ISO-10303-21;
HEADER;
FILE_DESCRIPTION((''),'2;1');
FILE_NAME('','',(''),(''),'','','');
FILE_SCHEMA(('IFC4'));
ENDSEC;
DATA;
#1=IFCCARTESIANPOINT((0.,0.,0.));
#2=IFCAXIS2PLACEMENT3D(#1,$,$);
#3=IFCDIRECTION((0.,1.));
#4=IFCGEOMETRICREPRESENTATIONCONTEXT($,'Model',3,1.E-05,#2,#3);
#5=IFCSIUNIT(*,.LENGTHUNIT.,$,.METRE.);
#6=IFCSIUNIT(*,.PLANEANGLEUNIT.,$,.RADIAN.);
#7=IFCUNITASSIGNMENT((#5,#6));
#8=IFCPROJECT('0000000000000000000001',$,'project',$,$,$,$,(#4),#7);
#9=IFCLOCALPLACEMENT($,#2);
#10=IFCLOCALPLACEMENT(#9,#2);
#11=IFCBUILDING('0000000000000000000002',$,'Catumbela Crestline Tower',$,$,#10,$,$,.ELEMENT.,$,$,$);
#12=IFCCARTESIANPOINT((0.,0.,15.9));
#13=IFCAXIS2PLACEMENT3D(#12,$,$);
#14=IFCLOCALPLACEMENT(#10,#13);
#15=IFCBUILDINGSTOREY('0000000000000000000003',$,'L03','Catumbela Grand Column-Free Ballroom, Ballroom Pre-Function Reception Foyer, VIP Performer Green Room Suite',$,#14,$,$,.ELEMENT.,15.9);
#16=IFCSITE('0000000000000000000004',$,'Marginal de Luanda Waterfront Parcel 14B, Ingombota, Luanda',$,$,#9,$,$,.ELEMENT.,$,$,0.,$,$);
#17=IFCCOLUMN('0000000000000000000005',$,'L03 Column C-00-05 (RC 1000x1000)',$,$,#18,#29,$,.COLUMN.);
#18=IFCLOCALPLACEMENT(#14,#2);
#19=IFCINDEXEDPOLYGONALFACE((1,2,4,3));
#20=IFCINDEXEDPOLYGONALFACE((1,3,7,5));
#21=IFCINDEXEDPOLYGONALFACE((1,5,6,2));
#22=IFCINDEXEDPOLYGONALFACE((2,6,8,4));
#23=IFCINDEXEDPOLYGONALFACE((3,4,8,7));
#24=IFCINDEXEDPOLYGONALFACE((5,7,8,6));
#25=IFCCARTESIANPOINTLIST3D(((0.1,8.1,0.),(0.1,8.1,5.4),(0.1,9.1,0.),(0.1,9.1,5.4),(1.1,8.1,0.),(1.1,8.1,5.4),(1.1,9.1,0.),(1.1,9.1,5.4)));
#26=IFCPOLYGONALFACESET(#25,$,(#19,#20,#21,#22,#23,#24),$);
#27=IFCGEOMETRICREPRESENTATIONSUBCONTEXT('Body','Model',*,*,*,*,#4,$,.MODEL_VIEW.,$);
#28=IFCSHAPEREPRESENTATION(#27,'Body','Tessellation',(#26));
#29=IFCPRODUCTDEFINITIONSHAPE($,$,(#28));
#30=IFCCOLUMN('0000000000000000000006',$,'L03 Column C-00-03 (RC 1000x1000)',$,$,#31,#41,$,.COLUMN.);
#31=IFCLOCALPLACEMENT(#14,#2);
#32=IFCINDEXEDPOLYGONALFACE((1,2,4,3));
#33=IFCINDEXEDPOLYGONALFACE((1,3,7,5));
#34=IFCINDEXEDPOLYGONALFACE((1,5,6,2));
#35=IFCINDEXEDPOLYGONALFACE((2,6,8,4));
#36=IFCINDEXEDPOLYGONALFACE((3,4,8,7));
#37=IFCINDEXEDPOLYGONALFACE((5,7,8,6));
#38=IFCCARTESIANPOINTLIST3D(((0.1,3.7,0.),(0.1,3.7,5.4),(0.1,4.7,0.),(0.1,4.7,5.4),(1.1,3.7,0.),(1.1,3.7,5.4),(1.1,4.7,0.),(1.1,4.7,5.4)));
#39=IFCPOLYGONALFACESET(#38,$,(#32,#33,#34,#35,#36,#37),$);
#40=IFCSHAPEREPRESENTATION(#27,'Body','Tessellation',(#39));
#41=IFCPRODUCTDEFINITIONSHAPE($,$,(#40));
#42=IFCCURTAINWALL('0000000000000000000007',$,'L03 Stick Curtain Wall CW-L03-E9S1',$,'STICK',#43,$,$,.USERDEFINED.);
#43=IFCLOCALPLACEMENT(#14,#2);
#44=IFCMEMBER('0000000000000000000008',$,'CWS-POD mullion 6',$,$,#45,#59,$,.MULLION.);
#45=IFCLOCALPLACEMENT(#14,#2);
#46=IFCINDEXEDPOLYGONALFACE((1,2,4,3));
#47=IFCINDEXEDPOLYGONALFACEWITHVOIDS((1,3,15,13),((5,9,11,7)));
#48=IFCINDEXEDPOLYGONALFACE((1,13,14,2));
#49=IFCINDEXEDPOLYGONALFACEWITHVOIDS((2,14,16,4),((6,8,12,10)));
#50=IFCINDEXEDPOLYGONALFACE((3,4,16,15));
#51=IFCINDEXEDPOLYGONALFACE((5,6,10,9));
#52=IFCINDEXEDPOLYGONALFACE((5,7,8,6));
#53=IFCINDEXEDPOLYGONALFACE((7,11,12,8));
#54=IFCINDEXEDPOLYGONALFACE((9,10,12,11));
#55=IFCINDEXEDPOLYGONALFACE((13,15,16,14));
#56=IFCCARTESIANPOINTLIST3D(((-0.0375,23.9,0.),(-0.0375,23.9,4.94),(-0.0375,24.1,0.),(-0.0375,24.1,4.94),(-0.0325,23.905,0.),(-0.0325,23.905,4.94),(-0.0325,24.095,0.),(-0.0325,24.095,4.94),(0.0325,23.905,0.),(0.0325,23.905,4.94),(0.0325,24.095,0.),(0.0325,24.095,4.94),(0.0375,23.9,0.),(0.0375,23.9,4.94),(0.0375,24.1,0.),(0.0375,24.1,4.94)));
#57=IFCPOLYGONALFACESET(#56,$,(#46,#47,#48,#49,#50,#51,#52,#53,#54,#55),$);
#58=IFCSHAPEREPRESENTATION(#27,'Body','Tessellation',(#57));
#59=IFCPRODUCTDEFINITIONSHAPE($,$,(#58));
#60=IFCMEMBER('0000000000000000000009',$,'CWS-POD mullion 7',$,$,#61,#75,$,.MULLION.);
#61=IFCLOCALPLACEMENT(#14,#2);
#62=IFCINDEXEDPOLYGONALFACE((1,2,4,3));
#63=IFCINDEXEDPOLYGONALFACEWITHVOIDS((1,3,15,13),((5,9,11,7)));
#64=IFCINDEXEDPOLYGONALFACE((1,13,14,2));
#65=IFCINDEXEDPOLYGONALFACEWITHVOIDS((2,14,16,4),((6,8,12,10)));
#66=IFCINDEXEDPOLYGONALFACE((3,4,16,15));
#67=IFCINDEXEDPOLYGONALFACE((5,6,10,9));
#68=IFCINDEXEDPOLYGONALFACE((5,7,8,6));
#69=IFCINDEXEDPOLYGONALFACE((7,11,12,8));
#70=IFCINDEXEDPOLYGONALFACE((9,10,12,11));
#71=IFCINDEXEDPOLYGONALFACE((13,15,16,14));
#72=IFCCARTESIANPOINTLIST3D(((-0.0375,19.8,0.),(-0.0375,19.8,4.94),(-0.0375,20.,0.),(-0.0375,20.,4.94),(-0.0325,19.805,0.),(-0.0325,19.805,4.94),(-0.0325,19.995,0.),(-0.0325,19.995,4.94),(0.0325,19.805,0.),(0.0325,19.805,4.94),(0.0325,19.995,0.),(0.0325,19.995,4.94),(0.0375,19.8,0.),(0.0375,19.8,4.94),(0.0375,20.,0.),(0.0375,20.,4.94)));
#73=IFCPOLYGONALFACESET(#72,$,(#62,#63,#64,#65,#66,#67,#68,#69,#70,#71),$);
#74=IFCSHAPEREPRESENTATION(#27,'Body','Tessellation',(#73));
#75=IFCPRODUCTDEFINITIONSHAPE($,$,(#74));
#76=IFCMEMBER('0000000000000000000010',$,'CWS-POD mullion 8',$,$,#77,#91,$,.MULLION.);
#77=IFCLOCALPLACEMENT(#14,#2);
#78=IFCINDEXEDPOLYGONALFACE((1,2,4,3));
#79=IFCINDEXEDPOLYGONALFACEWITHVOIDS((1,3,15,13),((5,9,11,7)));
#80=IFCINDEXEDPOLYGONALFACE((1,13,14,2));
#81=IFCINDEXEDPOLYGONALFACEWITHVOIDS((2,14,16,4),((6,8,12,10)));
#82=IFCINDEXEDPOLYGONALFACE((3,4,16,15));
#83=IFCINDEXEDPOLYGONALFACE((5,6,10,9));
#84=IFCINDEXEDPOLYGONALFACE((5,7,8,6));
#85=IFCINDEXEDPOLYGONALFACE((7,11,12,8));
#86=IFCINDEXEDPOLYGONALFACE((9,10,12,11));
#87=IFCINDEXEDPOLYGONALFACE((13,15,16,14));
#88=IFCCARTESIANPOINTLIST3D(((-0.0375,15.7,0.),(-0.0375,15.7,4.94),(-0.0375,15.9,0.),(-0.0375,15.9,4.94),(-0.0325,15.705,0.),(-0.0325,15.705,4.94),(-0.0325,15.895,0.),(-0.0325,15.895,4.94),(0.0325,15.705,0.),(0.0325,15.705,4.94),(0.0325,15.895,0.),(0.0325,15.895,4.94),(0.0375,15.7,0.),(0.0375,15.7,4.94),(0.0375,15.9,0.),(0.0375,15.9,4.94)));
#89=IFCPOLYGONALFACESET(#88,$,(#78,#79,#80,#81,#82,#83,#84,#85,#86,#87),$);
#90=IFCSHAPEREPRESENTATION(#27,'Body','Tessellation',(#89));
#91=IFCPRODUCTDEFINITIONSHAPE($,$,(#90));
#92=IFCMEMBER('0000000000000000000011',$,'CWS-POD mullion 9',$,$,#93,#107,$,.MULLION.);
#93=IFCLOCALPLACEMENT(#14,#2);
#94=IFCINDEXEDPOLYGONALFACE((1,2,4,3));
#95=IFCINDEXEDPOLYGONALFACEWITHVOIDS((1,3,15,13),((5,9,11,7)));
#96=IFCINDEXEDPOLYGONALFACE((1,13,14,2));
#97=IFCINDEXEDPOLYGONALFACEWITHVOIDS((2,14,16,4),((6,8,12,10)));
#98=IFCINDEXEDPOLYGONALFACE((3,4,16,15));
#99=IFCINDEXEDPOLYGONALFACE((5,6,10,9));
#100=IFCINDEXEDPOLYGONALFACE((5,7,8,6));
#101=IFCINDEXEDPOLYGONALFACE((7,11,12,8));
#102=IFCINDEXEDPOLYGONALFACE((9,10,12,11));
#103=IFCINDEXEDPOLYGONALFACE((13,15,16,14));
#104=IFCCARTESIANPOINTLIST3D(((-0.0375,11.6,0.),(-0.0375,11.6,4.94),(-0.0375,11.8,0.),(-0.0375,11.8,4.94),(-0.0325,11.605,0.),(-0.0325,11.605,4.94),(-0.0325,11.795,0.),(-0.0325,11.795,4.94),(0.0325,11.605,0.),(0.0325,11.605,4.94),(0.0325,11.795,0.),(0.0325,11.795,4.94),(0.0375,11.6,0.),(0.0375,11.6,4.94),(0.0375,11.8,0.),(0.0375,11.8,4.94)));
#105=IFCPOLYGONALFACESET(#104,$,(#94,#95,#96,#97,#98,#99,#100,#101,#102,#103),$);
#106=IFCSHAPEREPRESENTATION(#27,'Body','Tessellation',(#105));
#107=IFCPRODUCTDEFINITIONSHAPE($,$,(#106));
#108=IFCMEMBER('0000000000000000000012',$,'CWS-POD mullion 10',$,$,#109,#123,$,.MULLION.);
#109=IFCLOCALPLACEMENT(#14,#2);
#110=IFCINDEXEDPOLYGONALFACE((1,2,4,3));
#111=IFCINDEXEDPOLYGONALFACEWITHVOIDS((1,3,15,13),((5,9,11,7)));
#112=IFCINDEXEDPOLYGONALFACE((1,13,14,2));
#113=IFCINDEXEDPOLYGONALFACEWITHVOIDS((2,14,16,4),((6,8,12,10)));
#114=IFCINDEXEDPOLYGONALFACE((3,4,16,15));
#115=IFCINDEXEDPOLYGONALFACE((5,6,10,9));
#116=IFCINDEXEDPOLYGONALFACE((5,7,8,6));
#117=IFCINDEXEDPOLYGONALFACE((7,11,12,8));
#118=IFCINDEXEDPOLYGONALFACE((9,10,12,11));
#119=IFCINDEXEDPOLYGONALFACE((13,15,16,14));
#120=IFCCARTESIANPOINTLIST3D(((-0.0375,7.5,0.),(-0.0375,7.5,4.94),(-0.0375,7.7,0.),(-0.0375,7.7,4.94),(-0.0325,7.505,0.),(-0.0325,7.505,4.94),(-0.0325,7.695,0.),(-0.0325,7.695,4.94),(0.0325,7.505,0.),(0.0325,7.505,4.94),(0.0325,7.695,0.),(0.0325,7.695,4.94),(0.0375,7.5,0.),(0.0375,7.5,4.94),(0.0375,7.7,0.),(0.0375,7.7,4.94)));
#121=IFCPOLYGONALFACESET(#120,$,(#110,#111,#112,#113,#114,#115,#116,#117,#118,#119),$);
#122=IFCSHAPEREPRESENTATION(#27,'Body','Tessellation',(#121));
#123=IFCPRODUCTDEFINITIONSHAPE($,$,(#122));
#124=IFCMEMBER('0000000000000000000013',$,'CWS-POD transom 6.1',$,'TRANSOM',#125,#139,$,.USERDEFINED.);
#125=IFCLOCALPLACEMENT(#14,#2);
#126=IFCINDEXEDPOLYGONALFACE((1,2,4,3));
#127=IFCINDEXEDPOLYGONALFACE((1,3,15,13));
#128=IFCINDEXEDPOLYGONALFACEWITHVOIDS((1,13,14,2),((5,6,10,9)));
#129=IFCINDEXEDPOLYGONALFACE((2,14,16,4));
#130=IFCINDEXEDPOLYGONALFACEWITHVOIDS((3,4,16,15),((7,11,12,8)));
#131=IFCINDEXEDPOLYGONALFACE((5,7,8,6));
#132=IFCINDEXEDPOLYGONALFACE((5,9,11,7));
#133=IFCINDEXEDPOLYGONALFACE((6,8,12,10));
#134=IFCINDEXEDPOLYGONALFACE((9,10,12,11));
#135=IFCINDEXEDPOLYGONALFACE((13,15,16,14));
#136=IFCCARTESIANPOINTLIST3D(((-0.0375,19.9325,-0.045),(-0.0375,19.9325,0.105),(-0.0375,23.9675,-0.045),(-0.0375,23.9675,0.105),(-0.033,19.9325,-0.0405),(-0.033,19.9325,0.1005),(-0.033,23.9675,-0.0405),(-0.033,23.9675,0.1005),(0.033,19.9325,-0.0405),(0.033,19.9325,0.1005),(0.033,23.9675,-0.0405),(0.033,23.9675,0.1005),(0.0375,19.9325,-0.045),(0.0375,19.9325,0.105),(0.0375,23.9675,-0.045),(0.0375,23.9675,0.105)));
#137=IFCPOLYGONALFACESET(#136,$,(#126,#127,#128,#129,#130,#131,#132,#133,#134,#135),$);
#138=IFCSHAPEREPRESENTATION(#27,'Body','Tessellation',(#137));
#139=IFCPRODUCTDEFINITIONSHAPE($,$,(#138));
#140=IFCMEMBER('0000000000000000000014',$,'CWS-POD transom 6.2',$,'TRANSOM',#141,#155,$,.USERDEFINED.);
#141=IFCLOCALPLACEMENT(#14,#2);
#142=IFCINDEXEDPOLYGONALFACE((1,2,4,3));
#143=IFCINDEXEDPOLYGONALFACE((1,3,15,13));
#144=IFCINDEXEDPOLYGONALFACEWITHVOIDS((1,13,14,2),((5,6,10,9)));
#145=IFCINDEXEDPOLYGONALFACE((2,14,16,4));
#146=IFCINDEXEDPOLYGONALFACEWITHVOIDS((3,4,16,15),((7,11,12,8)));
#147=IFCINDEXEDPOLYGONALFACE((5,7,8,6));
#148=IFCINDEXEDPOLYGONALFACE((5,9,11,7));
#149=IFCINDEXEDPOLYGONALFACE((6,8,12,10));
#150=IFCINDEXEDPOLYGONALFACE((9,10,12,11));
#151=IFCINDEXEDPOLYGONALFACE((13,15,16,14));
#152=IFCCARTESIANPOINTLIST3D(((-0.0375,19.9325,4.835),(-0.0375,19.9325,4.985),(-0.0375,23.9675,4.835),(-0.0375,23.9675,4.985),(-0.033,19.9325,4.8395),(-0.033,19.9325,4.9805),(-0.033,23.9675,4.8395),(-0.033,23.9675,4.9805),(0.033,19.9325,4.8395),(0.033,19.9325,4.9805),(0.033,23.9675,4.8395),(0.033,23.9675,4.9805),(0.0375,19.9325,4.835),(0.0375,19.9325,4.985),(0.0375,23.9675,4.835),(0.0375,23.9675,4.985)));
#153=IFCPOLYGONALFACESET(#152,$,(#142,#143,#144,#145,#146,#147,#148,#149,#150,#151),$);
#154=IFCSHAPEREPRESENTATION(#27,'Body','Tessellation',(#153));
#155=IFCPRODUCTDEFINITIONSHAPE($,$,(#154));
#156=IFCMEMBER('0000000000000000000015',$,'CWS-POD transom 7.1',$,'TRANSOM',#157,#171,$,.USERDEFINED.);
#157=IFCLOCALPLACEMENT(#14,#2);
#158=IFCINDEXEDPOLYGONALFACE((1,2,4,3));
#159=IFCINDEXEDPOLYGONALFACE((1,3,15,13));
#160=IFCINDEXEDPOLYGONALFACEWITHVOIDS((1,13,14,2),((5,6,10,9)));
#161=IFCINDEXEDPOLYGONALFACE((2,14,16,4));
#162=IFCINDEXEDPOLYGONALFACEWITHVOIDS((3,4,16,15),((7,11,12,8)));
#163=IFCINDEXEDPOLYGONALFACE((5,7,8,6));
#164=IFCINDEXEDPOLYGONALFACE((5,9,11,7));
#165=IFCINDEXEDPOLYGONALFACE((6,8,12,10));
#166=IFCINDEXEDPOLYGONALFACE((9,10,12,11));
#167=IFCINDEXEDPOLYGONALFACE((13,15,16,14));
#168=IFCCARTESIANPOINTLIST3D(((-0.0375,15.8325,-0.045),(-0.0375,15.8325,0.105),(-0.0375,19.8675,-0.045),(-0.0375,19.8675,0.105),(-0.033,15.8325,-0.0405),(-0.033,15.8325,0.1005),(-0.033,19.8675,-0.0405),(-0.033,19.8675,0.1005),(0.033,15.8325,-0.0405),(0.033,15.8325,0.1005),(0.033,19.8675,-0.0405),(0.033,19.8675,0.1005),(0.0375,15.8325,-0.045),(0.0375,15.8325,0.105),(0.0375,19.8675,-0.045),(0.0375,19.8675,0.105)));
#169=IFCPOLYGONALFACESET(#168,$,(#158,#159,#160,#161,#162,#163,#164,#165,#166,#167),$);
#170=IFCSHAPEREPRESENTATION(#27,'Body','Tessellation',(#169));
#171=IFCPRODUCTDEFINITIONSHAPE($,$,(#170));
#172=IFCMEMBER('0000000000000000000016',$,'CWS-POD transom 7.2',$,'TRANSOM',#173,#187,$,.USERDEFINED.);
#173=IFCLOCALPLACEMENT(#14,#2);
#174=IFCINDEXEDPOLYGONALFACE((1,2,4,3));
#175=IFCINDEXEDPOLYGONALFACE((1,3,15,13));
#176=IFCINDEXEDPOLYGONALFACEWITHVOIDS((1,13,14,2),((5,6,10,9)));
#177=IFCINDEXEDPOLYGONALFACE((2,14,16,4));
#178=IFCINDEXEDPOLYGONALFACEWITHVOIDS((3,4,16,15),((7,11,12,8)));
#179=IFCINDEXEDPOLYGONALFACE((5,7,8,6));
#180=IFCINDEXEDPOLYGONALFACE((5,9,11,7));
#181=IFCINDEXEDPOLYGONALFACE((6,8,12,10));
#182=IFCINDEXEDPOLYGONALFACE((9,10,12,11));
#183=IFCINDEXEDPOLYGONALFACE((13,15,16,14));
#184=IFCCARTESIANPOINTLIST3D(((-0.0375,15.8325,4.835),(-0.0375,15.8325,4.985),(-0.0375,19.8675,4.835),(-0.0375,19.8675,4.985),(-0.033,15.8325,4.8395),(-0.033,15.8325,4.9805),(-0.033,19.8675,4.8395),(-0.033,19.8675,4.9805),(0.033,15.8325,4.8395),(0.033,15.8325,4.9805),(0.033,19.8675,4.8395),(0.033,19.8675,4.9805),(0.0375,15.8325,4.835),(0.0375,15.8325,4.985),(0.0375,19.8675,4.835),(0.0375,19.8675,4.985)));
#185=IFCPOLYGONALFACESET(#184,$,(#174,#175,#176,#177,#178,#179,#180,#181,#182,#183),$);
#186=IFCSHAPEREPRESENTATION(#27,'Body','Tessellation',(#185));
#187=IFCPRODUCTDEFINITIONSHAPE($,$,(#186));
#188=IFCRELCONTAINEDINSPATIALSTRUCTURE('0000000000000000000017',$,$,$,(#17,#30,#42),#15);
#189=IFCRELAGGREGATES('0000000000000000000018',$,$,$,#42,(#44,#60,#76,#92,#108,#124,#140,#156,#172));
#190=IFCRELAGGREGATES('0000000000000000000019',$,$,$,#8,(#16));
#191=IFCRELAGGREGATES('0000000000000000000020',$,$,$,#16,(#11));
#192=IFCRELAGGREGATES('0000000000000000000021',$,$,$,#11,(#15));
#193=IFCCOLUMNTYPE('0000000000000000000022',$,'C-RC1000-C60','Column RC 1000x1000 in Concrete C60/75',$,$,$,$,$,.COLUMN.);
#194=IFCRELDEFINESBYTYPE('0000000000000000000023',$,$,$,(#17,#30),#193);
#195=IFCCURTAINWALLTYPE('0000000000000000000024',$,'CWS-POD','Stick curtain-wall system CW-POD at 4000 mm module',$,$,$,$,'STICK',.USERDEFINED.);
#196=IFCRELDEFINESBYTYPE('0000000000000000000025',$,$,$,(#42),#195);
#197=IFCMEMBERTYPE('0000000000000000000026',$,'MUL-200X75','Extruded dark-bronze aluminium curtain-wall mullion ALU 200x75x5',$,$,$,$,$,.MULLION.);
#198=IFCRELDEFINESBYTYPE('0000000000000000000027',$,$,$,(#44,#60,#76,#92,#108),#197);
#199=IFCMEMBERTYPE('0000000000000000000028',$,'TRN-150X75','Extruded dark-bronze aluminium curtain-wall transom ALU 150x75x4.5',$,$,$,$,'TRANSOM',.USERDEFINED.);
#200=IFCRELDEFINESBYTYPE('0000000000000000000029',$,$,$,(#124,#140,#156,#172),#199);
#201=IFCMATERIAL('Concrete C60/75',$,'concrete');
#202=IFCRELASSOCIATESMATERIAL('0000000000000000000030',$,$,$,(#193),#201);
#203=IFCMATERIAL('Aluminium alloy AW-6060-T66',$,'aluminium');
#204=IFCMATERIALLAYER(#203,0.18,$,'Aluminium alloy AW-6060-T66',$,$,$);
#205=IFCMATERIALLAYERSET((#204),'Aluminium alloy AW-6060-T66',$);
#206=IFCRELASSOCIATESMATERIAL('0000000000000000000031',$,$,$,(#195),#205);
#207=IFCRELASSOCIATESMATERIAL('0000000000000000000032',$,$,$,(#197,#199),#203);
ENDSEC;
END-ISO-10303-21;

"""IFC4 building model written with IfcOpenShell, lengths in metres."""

from ifc_helpers import new_model, si_unit, direction, frame, origin, origin_2d, place, context, subcontext, project, spatial, rectangle, hollow_rectangle, extrude, material, layer, layer_set, material_profile, profile_set, type_object, element, aggregate, save


model = new_model("IFC4")

# Units and contexts
model_context = context("Model", 3, precision=1e-05, world=origin(), true_north=direction((0.0, 1.0)))
body_context = subcontext(model_context, "Body", "Model", "MODEL_VIEW")
ifc_project = project(units=[si_unit("LENGTHUNIT", "METRE"), si_unit("PLANEANGLEUNIT", "RADIAN")], contexts=[model_context])

# Site, building, storey
site_placement = place(None, origin())
site = spatial("IfcSite", under=ifc_project, at=site_placement, Name="Marginal de Luanda Waterfront Parcel 14B, Ingombota, Luanda", CompositionType="ELEMENT", RefElevation=0.0)
building_placement = place(site_placement, origin())
building = spatial("IfcBuilding", under=site, at=building_placement, Name="Catumbela Crestline Tower", CompositionType="ELEMENT")
storey_placement = place(building_placement, frame((0.0, 0.0, 15.9)))
storey = spatial("IfcBuildingStorey", under=building, at=storey_placement, Name="L03", Description="Catumbela Grand Column-Free Ballroom, Ballroom Pre-Function Reception Foyer, VIP Performer Green Room Suite", CompositionType="ELEMENT", Elevation=15.9)

# Columns
ifc_material_1 = material(Name="Concrete C60/75", Category="concrete")
ifc_material_profile_1 = material_profile(ifc_material_1, rectangle(XDim=1.0, YDim=1.0, at=origin_2d()), Name="RC 1000x1000")
ifc_profile_set_1 = profile_set([ifc_material_profile_1], Name="Concrete C60/75")
column_type = type_object("IfcColumnType", Name="C-RC1000-C60", Description="Column RC 1000x1000 in Concrete C60/75", PredefinedType="COLUMN", material=ifc_profile_set_1)
for number, where, z_axis, x_axis, name in (
    (1, (0.6, 8.6, 0.0), (0.0, 0.0, 1.0), (1.0, 0.0, 0.0), "L03 Column C-00-05 (RC 1000x1000)"),
    (2, (0.6, 4.2, 0.0), (0.0, 0.0, 1.0), (1.0, 0.0, 0.0), "L03 Column C-00-03 (RC 1000x1000)"),
):
    element("IfcColumn", number, at=place(storey_placement, frame(where, z_axis=z_axis, x_axis=x_axis)), inside=storey, type_object=column_type, Name=name, PredefinedType="COLUMN", context=body_context, shape_type="SweptSolid", body=[
        extrude(rectangle(XDim=1.0, YDim=1.0, at=origin_2d()), origin(), (0.0, 0.0, 1.0), 5.4),
    ])

# Curtain wall, members
ifc_material_2 = material(Name="Aluminium alloy AW-6060-T66", Category="aluminium")
ifc_layer_1 = layer(ifc_material_2, 0.18, Name="Aluminium alloy AW-6060-T66")
ifc_layer_set_1 = layer_set([ifc_layer_1], Name="Aluminium alloy AW-6060-T66")
curtain_wall_type = type_object("IfcCurtainWallType", Name="CWS-POD", Description="Stick curtain-wall system CW-POD at 4000 mm module", ElementType="STICK", PredefinedType="USERDEFINED", material=ifc_layer_set_1)
curtain_wall_placement = place(storey_placement, origin())
curtain_wall = element("IfcCurtainWall", 3, at=curtain_wall_placement, inside=storey, type_object=curtain_wall_type, Name="L03 Stick Curtain Wall CW-L03-E9S1", ObjectType="STICK", PredefinedType="USERDEFINED")
ifc_material_profile_2 = material_profile(ifc_material_2, hollow_rectangle(XDim=0.075, YDim=0.2, WallThickness=0.005, at=origin_2d()), Name="ALU 200x75x5")
ifc_profile_set_2 = profile_set([ifc_material_profile_2], Name="Aluminium alloy AW-6060-T66")
member_type_1 = type_object("IfcMemberType", Name="MUL-200X75", Description="Extruded dark-bronze aluminium curtain-wall mullion ALU 200x75x5", PredefinedType="MULLION", material=ifc_profile_set_2)
member_1_placement = place(storey_placement, frame((0.0, 24.0, 0.0), z_axis=(0.0, 0.0, 1.0), x_axis=(1.0, 0.0, 0.0)))
member_1 = element("IfcMember", 4, at=member_1_placement, type_object=member_type_1, Name="CWS-POD mullion 6", PredefinedType="MULLION", context=body_context, shape_type="SweptSolid", body=[
    extrude(hollow_rectangle(XDim=0.075, YDim=0.2, WallThickness=0.005, at=origin_2d()), origin(), (0.0, 0.0, 1.0), 4.94),
])
member_2_placement = place(storey_placement, frame((0.0, 19.9, 0.0), z_axis=(0.0, 0.0, 1.0), x_axis=(1.0, 0.0, 0.0)))
member_2 = element("IfcMember", 5, at=member_2_placement, type_object=member_type_1, Name="CWS-POD mullion 7", PredefinedType="MULLION", context=body_context, shape_type="SweptSolid", body=[
    extrude(hollow_rectangle(XDim=0.075, YDim=0.2, WallThickness=0.005, at=origin_2d()), origin(), (0.0, 0.0, 1.0), 4.94),
])
member_3_placement = place(storey_placement, frame((0.0, 15.8, 0.0), z_axis=(0.0, 0.0, 1.0), x_axis=(1.0, 0.0, 0.0)))
member_3 = element("IfcMember", 6, at=member_3_placement, type_object=member_type_1, Name="CWS-POD mullion 8", PredefinedType="MULLION", context=body_context, shape_type="SweptSolid", body=[
    extrude(hollow_rectangle(XDim=0.075, YDim=0.2, WallThickness=0.005, at=origin_2d()), origin(), (0.0, 0.0, 1.0), 4.94),
])
member_4_placement = place(storey_placement, frame((0.0, 11.7, 0.0), z_axis=(0.0, 0.0, 1.0), x_axis=(1.0, 0.0, 0.0)))
member_4 = element("IfcMember", 7, at=member_4_placement, type_object=member_type_1, Name="CWS-POD mullion 9", PredefinedType="MULLION", context=body_context, shape_type="SweptSolid", body=[
    extrude(hollow_rectangle(XDim=0.075, YDim=0.2, WallThickness=0.005, at=origin_2d()), origin(), (0.0, 0.0, 1.0), 4.94),
])
member_5_placement = place(storey_placement, frame((0.0, 7.6, 0.0), z_axis=(0.0, 0.0, 1.0), x_axis=(1.0, 0.0, 0.0)))
member_5 = element("IfcMember", 8, at=member_5_placement, type_object=member_type_1, Name="CWS-POD mullion 10", PredefinedType="MULLION", context=body_context, shape_type="SweptSolid", body=[
    extrude(hollow_rectangle(XDim=0.075, YDim=0.2, WallThickness=0.005, at=origin_2d()), origin(), (0.0, 0.0, 1.0), 4.94),
])
ifc_material_profile_3 = material_profile(ifc_material_2, hollow_rectangle(XDim=0.075, YDim=0.15, WallThickness=0.0045, at=origin_2d()), Name="ALU 150x75x4.5")
ifc_profile_set_3 = profile_set([ifc_material_profile_3], Name="Aluminium alloy AW-6060-T66")
member_type_2 = type_object("IfcMemberType", Name="TRN-150X75", Description="Extruded dark-bronze aluminium curtain-wall transom ALU 150x75x4.5", ElementType="TRANSOM", PredefinedType="USERDEFINED", material=ifc_profile_set_3)
member_6_placement = place(storey_placement, frame((0.0, 23.9675, 0.03), z_axis=(0.0, -1.0, 0.0), x_axis=(1.0, 0.0, 0.0)))
member_6 = element("IfcMember", 9, at=member_6_placement, type_object=member_type_2, Name="CWS-POD transom 6.1", ObjectType="TRANSOM", PredefinedType="USERDEFINED", context=body_context, shape_type="SweptSolid", body=[
    extrude(hollow_rectangle(XDim=0.075, YDim=0.15, WallThickness=0.0045, at=origin_2d()), origin(), (0.0, 0.0, 1.0), 4.035),
])
member_7_placement = place(storey_placement, frame((0.0, 23.9675, 4.91), z_axis=(0.0, -1.0, 0.0), x_axis=(1.0, 0.0, 0.0)))
member_7 = element("IfcMember", 10, at=member_7_placement, type_object=member_type_2, Name="CWS-POD transom 6.2", ObjectType="TRANSOM", PredefinedType="USERDEFINED", context=body_context, shape_type="SweptSolid", body=[
    extrude(hollow_rectangle(XDim=0.075, YDim=0.15, WallThickness=0.0045, at=origin_2d()), origin(), (0.0, 0.0, 1.0), 4.035),
])
member_8_placement = place(storey_placement, frame((0.0, 19.8675, 0.03), z_axis=(0.0, -1.0, 0.0), x_axis=(1.0, 0.0, 0.0)))
member_8 = element("IfcMember", 11, at=member_8_placement, type_object=member_type_2, Name="CWS-POD transom 7.1", ObjectType="TRANSOM", PredefinedType="USERDEFINED", context=body_context, shape_type="SweptSolid", body=[
    extrude(hollow_rectangle(XDim=0.075, YDim=0.15, WallThickness=0.0045, at=origin_2d()), origin(), (0.0, 0.0, 1.0), 4.035),
])
member_9_placement = place(storey_placement, frame((0.0, 19.8675, 4.91), z_axis=(0.0, -1.0, 0.0), x_axis=(1.0, 0.0, 0.0)))
member_9 = element("IfcMember", 12, at=member_9_placement, type_object=member_type_2, Name="CWS-POD transom 7.2", ObjectType="TRANSOM", PredefinedType="USERDEFINED", context=body_context, shape_type="SweptSolid", body=[
    extrude(hollow_rectangle(XDim=0.075, YDim=0.15, WallThickness=0.0045, at=origin_2d()), origin(), (0.0, 0.0, 1.0), 4.035),
])
aggregate(curtain_wall, [member_1, member_2, member_3, member_4, member_5, member_6, member_7, member_8, member_9])

save(model, "model.ifc")
